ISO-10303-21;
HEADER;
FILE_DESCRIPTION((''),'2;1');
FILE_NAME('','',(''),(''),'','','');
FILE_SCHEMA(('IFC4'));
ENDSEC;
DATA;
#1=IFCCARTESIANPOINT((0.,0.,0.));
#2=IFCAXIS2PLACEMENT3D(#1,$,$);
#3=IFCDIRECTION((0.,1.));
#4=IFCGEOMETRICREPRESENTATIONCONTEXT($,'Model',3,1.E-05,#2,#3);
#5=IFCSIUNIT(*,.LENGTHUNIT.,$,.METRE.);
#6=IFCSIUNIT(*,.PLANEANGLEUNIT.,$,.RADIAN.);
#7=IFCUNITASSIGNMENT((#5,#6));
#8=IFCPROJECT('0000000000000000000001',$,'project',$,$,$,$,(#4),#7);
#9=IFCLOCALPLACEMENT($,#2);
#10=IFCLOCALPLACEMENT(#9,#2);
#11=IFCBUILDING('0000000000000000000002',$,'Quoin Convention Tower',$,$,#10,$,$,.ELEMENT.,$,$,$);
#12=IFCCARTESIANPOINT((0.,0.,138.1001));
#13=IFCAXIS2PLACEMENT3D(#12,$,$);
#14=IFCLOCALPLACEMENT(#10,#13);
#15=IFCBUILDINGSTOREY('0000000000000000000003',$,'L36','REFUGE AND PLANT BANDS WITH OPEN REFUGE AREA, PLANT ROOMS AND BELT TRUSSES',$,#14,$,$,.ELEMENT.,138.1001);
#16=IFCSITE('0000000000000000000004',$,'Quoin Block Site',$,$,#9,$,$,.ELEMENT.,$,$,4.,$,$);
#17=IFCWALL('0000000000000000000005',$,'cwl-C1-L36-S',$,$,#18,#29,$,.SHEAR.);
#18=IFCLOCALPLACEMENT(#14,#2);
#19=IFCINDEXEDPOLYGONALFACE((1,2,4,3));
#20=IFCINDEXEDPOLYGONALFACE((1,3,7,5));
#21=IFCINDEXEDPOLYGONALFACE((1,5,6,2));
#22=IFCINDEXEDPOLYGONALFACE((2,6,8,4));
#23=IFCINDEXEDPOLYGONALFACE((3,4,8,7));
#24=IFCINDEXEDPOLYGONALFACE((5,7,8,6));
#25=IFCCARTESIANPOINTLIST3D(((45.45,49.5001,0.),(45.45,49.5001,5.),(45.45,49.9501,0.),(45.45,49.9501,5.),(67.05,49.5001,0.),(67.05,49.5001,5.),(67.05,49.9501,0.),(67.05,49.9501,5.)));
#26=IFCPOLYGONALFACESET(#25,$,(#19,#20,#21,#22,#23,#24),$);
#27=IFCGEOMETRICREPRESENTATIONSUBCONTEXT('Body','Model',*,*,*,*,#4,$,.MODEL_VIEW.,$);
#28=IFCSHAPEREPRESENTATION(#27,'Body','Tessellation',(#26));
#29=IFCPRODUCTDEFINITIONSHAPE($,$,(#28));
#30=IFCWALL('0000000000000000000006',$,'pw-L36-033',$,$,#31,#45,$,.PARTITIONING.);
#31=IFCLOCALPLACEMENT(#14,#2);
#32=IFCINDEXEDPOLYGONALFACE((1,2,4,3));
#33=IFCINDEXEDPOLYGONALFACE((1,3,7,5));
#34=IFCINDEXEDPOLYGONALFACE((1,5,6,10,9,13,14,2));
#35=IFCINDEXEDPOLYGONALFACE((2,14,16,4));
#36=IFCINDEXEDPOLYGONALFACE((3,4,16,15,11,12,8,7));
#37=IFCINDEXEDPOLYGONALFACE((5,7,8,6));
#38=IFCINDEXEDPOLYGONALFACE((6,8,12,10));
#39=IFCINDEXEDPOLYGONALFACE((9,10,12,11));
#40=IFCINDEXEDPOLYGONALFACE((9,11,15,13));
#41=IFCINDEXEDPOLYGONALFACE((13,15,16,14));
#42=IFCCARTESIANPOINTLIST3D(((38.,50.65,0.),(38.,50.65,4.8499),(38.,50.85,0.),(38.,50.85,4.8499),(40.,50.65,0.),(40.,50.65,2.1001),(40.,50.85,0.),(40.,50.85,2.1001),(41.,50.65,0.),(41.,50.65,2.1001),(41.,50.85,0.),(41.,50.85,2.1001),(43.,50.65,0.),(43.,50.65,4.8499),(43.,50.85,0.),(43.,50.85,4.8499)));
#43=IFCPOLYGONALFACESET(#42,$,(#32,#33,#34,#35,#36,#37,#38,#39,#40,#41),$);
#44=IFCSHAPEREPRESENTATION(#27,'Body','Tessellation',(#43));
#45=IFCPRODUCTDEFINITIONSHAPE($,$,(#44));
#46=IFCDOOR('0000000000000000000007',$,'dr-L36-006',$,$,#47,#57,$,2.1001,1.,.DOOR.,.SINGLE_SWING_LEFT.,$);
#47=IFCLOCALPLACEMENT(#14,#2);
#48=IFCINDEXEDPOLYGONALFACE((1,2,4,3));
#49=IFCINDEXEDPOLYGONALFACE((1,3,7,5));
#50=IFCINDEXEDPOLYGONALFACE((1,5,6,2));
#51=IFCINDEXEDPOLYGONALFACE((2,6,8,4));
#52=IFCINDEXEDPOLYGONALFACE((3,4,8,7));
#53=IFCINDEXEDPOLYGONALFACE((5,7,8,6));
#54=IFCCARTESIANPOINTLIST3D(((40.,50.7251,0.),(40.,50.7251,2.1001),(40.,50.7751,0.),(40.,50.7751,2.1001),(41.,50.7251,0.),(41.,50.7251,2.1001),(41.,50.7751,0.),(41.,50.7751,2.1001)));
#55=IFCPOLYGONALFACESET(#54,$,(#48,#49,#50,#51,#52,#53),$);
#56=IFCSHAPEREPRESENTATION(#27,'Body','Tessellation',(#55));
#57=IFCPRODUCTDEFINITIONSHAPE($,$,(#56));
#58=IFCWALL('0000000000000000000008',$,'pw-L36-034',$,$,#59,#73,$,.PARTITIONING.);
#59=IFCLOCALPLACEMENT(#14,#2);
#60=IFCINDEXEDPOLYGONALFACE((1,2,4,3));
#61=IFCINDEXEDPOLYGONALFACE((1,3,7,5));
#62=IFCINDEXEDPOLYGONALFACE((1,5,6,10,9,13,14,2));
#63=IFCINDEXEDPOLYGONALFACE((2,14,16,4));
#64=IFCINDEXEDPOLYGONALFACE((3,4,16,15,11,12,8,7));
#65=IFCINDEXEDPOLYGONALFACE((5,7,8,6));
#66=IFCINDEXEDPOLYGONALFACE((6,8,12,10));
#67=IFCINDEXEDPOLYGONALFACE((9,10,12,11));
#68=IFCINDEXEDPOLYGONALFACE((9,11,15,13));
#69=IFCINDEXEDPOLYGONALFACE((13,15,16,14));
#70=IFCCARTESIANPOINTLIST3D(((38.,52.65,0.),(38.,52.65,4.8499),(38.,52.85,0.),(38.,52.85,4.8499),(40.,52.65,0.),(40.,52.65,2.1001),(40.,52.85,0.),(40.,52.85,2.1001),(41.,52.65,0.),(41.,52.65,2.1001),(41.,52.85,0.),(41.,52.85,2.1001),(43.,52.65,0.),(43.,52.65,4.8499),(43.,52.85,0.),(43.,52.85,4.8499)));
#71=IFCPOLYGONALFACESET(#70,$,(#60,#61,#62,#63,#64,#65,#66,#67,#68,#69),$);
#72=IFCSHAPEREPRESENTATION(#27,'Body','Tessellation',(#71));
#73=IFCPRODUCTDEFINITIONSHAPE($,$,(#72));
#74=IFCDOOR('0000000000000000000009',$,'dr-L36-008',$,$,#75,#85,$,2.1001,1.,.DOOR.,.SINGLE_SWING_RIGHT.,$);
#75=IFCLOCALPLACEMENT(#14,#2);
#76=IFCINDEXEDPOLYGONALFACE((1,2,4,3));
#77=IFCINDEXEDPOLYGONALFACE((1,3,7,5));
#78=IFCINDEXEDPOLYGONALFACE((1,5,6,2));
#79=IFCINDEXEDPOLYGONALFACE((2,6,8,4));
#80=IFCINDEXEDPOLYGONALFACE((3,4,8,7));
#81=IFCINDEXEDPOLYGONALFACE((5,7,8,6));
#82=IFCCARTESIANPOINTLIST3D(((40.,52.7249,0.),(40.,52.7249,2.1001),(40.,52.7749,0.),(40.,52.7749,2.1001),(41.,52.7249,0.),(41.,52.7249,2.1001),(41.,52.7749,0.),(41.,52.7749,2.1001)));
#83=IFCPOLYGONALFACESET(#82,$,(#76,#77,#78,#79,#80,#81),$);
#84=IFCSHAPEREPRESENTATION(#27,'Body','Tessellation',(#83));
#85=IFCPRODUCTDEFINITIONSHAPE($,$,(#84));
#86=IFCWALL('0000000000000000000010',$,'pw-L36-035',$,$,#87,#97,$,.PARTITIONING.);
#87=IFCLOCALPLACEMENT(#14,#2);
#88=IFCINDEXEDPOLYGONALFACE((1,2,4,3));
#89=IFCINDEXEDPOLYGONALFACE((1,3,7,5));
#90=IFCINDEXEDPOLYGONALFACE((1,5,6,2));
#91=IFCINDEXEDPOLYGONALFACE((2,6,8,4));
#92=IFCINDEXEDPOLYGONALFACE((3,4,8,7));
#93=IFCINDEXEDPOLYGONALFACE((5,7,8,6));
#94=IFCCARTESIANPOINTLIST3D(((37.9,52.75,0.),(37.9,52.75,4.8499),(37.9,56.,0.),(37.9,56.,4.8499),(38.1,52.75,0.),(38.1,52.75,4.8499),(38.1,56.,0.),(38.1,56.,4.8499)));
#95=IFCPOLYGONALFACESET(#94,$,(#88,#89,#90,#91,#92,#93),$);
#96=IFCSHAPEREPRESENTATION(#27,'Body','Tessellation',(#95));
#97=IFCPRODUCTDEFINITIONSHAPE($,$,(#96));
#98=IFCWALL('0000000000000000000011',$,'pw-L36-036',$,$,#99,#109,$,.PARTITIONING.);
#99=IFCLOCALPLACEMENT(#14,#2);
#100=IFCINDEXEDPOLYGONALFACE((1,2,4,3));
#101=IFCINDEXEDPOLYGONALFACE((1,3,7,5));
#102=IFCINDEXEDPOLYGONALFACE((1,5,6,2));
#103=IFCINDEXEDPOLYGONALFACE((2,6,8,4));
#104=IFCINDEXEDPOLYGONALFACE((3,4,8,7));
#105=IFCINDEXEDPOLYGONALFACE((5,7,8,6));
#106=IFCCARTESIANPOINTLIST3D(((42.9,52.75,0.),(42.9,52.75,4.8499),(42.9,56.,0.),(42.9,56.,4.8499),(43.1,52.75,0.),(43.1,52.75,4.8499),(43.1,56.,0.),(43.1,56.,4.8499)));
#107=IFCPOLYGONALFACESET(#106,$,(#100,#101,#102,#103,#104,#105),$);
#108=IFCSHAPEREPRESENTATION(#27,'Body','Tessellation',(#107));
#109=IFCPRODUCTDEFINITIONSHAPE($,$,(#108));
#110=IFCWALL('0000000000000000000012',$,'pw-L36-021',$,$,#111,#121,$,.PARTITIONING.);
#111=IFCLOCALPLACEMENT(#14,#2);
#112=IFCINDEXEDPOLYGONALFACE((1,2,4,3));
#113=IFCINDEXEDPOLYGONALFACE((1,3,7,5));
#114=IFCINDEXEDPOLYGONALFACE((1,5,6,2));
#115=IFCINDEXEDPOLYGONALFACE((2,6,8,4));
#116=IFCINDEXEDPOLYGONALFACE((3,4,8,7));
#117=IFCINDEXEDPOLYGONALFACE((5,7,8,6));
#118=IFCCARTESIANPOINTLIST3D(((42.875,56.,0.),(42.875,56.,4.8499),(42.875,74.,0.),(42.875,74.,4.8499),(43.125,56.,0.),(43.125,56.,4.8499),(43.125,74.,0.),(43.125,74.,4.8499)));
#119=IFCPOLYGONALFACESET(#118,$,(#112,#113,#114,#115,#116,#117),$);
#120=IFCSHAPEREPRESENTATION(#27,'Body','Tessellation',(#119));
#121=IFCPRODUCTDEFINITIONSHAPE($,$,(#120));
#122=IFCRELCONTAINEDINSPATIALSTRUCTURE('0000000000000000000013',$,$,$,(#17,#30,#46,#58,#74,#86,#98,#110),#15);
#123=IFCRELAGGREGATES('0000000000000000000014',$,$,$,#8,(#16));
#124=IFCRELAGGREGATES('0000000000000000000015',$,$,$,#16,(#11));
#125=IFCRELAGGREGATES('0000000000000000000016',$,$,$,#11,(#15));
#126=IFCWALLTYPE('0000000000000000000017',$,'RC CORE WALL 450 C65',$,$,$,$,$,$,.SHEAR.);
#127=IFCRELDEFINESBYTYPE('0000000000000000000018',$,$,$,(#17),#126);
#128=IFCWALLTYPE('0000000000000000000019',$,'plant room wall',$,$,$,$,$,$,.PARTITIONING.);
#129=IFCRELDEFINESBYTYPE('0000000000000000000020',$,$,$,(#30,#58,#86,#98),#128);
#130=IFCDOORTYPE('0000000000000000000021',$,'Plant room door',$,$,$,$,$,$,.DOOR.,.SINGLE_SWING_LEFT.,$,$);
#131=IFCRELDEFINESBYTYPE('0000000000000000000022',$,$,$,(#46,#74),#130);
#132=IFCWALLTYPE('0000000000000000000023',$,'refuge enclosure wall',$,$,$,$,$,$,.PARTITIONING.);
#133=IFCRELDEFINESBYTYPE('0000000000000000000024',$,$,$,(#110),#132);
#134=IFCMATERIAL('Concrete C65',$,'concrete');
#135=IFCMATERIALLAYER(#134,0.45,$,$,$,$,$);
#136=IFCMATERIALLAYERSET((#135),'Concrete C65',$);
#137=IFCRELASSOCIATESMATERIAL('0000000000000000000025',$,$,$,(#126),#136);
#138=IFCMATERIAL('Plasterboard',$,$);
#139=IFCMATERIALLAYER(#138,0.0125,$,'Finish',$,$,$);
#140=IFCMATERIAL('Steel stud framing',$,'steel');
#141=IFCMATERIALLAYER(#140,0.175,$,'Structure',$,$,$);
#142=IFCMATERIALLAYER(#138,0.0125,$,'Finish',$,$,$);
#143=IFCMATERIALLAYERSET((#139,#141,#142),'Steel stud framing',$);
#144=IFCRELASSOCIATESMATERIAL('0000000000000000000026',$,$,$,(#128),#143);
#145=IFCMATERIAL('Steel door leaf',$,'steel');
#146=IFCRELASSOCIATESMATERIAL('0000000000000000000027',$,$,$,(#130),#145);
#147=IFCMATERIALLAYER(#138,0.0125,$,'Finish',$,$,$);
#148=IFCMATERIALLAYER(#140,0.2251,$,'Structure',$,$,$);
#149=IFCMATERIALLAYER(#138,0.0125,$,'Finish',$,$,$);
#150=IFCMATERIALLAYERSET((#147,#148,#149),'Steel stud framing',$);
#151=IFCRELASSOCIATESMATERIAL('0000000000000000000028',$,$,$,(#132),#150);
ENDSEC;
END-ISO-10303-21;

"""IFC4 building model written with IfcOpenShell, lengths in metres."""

from ifc_helpers import new_model, si_unit, direction, frame, frame_2d, origin, place, context, subcontext, project, spatial, rectangle, extrude, material, layer, layer_set, type_object, element, fill, save


model = new_model("IFC4")

# Units and contexts
model_context = context("Model", 3, precision=1e-05, world=origin(), true_north=direction((0.0, 1.0)))
body_context = subcontext(model_context, "Body", "Model", "MODEL_VIEW")
ifc_project = project(units=[si_unit("LENGTHUNIT", "METRE"), si_unit("PLANEANGLEUNIT", "RADIAN")], contexts=[model_context])

# Site, building, storey
site_placement = place(None, origin())
site = spatial("IfcSite", under=ifc_project, at=site_placement, Name="Quoin Block Site", CompositionType="ELEMENT", RefElevation=4.0)
building_placement = place(site_placement, origin())
building = spatial("IfcBuilding", under=site, at=building_placement, Name="Quoin Convention Tower", CompositionType="ELEMENT")
storey_placement = place(building_placement, frame((0.0, 0.0, 138.1001)))
storey = spatial("IfcBuildingStorey", under=building, at=storey_placement, Name="L36", Description="REFUGE AND PLANT BANDS WITH OPEN REFUGE AREA, PLANT ROOMS AND BELT TRUSSES", CompositionType="ELEMENT", Elevation=138.1001)

# Shared definitions
ifc_material_1 = material(Name="Concrete C65", Category="concrete")

# Shared definitions
ifc_material_2 = material(Name="Plasterboard")
ifc_material_3 = material(Name="Steel stud framing", Category="steel")
ifc_material_4 = material(Name="Steel door leaf", Category="steel")

# Wall
ifc_layer_1 = layer(ifc_material_1, 0.45)
ifc_layer_set_1 = layer_set([ifc_layer_1], Name="Concrete C65")
wall_type_1 = type_object("IfcWallType", Name="RC CORE WALL 450 C65", PredefinedType="SHEAR", material=ifc_layer_set_1)
wall_1_placement = place(storey_placement, frame((45.45, 49.7251, 0.0), z_axis=(0.0, 0.0, 1.0), x_axis=(1.0, 0.0, 0.0)))
element("IfcWall", 1, at=wall_1_placement, inside=storey, type_object=wall_type_1, Name="cwl-C1-L36-S", PredefinedType="SHEAR", context=body_context, shape_type="SweptSolid", body=[
    extrude(rectangle(XDim=21.6001, YDim=0.45, at=frame_2d((10.8, 0.0))), origin(), (0.0, 0.0, 1.0), 5.0),
])

# Walls, openings, doors
ifc_layer_2 = layer(ifc_material_2, 0.0125, Name="Finish")
ifc_layer_3 = layer(ifc_material_3, 0.175, Name="Structure")
ifc_layer_4 = layer(ifc_material_2, 0.0125, Name="Finish")
ifc_layer_set_2 = layer_set([ifc_layer_2, ifc_layer_3, ifc_layer_4], Name="Steel stud framing")
wall_type_2 = type_object("IfcWallType", Name="plant room wall", PredefinedType="PARTITIONING", material=ifc_layer_set_2)
wall_2_placement = place(storey_placement, frame((38.0, 50.75, 0.0), z_axis=(0.0, 0.0, 1.0), x_axis=(1.0, 0.0, 0.0)))
wall_2 = element("IfcWall", 2, at=wall_2_placement, inside=storey, type_object=wall_type_2, Name="pw-L36-033", PredefinedType="PARTITIONING", context=body_context, shape_type="SweptSolid", body=[
    extrude(rectangle(XDim=5.0, YDim=0.2, at=frame_2d((2.5, 0.0))), origin(), (0.0, 0.0, 1.0), 4.8499),
])
opening_1_placement = place(wall_2_placement, frame((2.0, 0.0, 0.0)))
opening_1 = element("IfcOpeningElement", 3, at=opening_1_placement, cuts=wall_2, PredefinedType="OPENING", context=body_context, shape_type="SweptSolid", body=[
    extrude(rectangle(XDim=1.0, YDim=2.1001, at=frame_2d((0.5, 1.05))), frame((0.0, 0.1099, 0.0), z_axis=(0.0, -1.0, 0.0), x_axis=(1.0, 0.0, 0.0)), (0.0, 0.0, 1.0), 0.22),
])
door_type_1 = type_object("IfcDoorType", Name="Plant room door", OperationType="SINGLE_SWING_LEFT", PredefinedType="DOOR", material=ifc_material_4)
door_1_placement = place(opening_1_placement, frame((1.0, 0.0, 0.0), z_axis=(0.0, 0.0, 1.0), x_axis=(-1.0, 0.0, 0.0)))
door_1 = element("IfcDoor", 4, at=door_1_placement, inside=storey, type_object=door_type_1, Name="dr-L36-006", OperationType="SINGLE_SWING_LEFT", OverallHeight=2.1001, OverallWidth=1.0, PredefinedType="DOOR", context=body_context, shape_type="SweptSolid", body=[
    extrude(rectangle(XDim=1.0, YDim=2.1001, at=frame_2d((0.5, 1.05))), frame((0.0, 0.0249, 0.0), z_axis=(0.0, -1.0, 0.0), x_axis=(1.0, 0.0, 0.0)), (0.0, 0.0, 1.0), 0.05),
])
fill(opening_1, door_1)
wall_3_placement = place(storey_placement, frame((38.0, 52.75, 0.0), z_axis=(0.0, 0.0, 1.0), x_axis=(1.0, 0.0, 0.0)))
wall_3 = element("IfcWall", 5, at=wall_3_placement, inside=storey, type_object=wall_type_2, Name="pw-L36-034", PredefinedType="PARTITIONING", context=body_context, shape_type="SweptSolid", body=[
    extrude(rectangle(XDim=5.0, YDim=0.2, at=frame_2d((2.5, 0.0))), origin(), (0.0, 0.0, 1.0), 4.8499),
])
opening_2_placement = place(wall_3_placement, frame((2.0, 0.0, 0.0)))
opening_2 = element("IfcOpeningElement", 6, at=opening_2_placement, cuts=wall_3, PredefinedType="OPENING", context=body_context, shape_type="SweptSolid", body=[
    extrude(rectangle(XDim=1.0, YDim=2.1001, at=frame_2d((0.5, 1.05))), frame((0.0, 0.1099, 0.0), z_axis=(0.0, -1.0, 0.0), x_axis=(1.0, 0.0, 0.0)), (0.0, 0.0, 1.0), 0.22),
])
door_2_placement = place(opening_2_placement, origin())
door_2 = element("IfcDoor", 7, at=door_2_placement, inside=storey, type_object=door_type_1, Name="dr-L36-008", OperationType="SINGLE_SWING_RIGHT", OverallHeight=2.1001, OverallWidth=1.0, PredefinedType="DOOR", context=body_context, shape_type="SweptSolid", body=[
    extrude(rectangle(XDim=1.0, YDim=2.1001, at=frame_2d((0.5, 1.05))), frame((0.0, 0.0249, 0.0), z_axis=(0.0, -1.0, 0.0), x_axis=(1.0, 0.0, 0.0)), (0.0, 0.0, 1.0), 0.05),
])
fill(opening_2, door_2)

# Walls
for number, where, z_axis, x_axis, name in (
    (8, (38.0, 52.75, 0.0), (0.0, 0.0, 1.0), (0.0, 1.0, 0.0), "pw-L36-035"),
    (9, (43.0, 52.75, 0.0), (0.0, 0.0, 1.0), (0.0, 1.0, 0.0), "pw-L36-036"),
):
    element("IfcWall", number, at=place(storey_placement, frame(where, z_axis=z_axis, x_axis=x_axis)), inside=storey, type_object=wall_type_2, Name=name, PredefinedType="PARTITIONING", context=body_context, shape_type="SweptSolid", body=[
        extrude(rectangle(XDim=3.25, YDim=0.2, at=frame_2d((1.625, 0.0))), origin(), (0.0, 0.0, 1.0), 4.8499),
    ])
ifc_layer_5 = layer(ifc_material_2, 0.0125, Name="Finish")
ifc_layer_6 = layer(ifc_material_3, 0.2251, Name="Structure")
ifc_layer_7 = layer(ifc_material_2, 0.0125, Name="Finish")
ifc_layer_set_3 = layer_set([ifc_layer_5, ifc_layer_6, ifc_layer_7], Name="Steel stud framing")
wall_type_3 = type_object("IfcWallType", Name="refuge enclosure wall", PredefinedType="PARTITIONING", material=ifc_layer_set_3)
wall_4_placement = place(storey_placement, frame((43.0, 56.0, 0.0), z_axis=(0.0, 0.0, 1.0), x_axis=(0.0, 1.0, 0.0)))
element("IfcWall", 10, at=wall_4_placement, inside=storey, type_object=wall_type_3, Name="pw-L36-021", PredefinedType="PARTITIONING", context=body_context, shape_type="SweptSolid", body=[
    extrude(rectangle(XDim=18.0, YDim=0.25, at=frame_2d((9.0, 0.0))), origin(), (0.0, 0.0, 1.0), 4.8499),
])

save(model, "model.ifc")
